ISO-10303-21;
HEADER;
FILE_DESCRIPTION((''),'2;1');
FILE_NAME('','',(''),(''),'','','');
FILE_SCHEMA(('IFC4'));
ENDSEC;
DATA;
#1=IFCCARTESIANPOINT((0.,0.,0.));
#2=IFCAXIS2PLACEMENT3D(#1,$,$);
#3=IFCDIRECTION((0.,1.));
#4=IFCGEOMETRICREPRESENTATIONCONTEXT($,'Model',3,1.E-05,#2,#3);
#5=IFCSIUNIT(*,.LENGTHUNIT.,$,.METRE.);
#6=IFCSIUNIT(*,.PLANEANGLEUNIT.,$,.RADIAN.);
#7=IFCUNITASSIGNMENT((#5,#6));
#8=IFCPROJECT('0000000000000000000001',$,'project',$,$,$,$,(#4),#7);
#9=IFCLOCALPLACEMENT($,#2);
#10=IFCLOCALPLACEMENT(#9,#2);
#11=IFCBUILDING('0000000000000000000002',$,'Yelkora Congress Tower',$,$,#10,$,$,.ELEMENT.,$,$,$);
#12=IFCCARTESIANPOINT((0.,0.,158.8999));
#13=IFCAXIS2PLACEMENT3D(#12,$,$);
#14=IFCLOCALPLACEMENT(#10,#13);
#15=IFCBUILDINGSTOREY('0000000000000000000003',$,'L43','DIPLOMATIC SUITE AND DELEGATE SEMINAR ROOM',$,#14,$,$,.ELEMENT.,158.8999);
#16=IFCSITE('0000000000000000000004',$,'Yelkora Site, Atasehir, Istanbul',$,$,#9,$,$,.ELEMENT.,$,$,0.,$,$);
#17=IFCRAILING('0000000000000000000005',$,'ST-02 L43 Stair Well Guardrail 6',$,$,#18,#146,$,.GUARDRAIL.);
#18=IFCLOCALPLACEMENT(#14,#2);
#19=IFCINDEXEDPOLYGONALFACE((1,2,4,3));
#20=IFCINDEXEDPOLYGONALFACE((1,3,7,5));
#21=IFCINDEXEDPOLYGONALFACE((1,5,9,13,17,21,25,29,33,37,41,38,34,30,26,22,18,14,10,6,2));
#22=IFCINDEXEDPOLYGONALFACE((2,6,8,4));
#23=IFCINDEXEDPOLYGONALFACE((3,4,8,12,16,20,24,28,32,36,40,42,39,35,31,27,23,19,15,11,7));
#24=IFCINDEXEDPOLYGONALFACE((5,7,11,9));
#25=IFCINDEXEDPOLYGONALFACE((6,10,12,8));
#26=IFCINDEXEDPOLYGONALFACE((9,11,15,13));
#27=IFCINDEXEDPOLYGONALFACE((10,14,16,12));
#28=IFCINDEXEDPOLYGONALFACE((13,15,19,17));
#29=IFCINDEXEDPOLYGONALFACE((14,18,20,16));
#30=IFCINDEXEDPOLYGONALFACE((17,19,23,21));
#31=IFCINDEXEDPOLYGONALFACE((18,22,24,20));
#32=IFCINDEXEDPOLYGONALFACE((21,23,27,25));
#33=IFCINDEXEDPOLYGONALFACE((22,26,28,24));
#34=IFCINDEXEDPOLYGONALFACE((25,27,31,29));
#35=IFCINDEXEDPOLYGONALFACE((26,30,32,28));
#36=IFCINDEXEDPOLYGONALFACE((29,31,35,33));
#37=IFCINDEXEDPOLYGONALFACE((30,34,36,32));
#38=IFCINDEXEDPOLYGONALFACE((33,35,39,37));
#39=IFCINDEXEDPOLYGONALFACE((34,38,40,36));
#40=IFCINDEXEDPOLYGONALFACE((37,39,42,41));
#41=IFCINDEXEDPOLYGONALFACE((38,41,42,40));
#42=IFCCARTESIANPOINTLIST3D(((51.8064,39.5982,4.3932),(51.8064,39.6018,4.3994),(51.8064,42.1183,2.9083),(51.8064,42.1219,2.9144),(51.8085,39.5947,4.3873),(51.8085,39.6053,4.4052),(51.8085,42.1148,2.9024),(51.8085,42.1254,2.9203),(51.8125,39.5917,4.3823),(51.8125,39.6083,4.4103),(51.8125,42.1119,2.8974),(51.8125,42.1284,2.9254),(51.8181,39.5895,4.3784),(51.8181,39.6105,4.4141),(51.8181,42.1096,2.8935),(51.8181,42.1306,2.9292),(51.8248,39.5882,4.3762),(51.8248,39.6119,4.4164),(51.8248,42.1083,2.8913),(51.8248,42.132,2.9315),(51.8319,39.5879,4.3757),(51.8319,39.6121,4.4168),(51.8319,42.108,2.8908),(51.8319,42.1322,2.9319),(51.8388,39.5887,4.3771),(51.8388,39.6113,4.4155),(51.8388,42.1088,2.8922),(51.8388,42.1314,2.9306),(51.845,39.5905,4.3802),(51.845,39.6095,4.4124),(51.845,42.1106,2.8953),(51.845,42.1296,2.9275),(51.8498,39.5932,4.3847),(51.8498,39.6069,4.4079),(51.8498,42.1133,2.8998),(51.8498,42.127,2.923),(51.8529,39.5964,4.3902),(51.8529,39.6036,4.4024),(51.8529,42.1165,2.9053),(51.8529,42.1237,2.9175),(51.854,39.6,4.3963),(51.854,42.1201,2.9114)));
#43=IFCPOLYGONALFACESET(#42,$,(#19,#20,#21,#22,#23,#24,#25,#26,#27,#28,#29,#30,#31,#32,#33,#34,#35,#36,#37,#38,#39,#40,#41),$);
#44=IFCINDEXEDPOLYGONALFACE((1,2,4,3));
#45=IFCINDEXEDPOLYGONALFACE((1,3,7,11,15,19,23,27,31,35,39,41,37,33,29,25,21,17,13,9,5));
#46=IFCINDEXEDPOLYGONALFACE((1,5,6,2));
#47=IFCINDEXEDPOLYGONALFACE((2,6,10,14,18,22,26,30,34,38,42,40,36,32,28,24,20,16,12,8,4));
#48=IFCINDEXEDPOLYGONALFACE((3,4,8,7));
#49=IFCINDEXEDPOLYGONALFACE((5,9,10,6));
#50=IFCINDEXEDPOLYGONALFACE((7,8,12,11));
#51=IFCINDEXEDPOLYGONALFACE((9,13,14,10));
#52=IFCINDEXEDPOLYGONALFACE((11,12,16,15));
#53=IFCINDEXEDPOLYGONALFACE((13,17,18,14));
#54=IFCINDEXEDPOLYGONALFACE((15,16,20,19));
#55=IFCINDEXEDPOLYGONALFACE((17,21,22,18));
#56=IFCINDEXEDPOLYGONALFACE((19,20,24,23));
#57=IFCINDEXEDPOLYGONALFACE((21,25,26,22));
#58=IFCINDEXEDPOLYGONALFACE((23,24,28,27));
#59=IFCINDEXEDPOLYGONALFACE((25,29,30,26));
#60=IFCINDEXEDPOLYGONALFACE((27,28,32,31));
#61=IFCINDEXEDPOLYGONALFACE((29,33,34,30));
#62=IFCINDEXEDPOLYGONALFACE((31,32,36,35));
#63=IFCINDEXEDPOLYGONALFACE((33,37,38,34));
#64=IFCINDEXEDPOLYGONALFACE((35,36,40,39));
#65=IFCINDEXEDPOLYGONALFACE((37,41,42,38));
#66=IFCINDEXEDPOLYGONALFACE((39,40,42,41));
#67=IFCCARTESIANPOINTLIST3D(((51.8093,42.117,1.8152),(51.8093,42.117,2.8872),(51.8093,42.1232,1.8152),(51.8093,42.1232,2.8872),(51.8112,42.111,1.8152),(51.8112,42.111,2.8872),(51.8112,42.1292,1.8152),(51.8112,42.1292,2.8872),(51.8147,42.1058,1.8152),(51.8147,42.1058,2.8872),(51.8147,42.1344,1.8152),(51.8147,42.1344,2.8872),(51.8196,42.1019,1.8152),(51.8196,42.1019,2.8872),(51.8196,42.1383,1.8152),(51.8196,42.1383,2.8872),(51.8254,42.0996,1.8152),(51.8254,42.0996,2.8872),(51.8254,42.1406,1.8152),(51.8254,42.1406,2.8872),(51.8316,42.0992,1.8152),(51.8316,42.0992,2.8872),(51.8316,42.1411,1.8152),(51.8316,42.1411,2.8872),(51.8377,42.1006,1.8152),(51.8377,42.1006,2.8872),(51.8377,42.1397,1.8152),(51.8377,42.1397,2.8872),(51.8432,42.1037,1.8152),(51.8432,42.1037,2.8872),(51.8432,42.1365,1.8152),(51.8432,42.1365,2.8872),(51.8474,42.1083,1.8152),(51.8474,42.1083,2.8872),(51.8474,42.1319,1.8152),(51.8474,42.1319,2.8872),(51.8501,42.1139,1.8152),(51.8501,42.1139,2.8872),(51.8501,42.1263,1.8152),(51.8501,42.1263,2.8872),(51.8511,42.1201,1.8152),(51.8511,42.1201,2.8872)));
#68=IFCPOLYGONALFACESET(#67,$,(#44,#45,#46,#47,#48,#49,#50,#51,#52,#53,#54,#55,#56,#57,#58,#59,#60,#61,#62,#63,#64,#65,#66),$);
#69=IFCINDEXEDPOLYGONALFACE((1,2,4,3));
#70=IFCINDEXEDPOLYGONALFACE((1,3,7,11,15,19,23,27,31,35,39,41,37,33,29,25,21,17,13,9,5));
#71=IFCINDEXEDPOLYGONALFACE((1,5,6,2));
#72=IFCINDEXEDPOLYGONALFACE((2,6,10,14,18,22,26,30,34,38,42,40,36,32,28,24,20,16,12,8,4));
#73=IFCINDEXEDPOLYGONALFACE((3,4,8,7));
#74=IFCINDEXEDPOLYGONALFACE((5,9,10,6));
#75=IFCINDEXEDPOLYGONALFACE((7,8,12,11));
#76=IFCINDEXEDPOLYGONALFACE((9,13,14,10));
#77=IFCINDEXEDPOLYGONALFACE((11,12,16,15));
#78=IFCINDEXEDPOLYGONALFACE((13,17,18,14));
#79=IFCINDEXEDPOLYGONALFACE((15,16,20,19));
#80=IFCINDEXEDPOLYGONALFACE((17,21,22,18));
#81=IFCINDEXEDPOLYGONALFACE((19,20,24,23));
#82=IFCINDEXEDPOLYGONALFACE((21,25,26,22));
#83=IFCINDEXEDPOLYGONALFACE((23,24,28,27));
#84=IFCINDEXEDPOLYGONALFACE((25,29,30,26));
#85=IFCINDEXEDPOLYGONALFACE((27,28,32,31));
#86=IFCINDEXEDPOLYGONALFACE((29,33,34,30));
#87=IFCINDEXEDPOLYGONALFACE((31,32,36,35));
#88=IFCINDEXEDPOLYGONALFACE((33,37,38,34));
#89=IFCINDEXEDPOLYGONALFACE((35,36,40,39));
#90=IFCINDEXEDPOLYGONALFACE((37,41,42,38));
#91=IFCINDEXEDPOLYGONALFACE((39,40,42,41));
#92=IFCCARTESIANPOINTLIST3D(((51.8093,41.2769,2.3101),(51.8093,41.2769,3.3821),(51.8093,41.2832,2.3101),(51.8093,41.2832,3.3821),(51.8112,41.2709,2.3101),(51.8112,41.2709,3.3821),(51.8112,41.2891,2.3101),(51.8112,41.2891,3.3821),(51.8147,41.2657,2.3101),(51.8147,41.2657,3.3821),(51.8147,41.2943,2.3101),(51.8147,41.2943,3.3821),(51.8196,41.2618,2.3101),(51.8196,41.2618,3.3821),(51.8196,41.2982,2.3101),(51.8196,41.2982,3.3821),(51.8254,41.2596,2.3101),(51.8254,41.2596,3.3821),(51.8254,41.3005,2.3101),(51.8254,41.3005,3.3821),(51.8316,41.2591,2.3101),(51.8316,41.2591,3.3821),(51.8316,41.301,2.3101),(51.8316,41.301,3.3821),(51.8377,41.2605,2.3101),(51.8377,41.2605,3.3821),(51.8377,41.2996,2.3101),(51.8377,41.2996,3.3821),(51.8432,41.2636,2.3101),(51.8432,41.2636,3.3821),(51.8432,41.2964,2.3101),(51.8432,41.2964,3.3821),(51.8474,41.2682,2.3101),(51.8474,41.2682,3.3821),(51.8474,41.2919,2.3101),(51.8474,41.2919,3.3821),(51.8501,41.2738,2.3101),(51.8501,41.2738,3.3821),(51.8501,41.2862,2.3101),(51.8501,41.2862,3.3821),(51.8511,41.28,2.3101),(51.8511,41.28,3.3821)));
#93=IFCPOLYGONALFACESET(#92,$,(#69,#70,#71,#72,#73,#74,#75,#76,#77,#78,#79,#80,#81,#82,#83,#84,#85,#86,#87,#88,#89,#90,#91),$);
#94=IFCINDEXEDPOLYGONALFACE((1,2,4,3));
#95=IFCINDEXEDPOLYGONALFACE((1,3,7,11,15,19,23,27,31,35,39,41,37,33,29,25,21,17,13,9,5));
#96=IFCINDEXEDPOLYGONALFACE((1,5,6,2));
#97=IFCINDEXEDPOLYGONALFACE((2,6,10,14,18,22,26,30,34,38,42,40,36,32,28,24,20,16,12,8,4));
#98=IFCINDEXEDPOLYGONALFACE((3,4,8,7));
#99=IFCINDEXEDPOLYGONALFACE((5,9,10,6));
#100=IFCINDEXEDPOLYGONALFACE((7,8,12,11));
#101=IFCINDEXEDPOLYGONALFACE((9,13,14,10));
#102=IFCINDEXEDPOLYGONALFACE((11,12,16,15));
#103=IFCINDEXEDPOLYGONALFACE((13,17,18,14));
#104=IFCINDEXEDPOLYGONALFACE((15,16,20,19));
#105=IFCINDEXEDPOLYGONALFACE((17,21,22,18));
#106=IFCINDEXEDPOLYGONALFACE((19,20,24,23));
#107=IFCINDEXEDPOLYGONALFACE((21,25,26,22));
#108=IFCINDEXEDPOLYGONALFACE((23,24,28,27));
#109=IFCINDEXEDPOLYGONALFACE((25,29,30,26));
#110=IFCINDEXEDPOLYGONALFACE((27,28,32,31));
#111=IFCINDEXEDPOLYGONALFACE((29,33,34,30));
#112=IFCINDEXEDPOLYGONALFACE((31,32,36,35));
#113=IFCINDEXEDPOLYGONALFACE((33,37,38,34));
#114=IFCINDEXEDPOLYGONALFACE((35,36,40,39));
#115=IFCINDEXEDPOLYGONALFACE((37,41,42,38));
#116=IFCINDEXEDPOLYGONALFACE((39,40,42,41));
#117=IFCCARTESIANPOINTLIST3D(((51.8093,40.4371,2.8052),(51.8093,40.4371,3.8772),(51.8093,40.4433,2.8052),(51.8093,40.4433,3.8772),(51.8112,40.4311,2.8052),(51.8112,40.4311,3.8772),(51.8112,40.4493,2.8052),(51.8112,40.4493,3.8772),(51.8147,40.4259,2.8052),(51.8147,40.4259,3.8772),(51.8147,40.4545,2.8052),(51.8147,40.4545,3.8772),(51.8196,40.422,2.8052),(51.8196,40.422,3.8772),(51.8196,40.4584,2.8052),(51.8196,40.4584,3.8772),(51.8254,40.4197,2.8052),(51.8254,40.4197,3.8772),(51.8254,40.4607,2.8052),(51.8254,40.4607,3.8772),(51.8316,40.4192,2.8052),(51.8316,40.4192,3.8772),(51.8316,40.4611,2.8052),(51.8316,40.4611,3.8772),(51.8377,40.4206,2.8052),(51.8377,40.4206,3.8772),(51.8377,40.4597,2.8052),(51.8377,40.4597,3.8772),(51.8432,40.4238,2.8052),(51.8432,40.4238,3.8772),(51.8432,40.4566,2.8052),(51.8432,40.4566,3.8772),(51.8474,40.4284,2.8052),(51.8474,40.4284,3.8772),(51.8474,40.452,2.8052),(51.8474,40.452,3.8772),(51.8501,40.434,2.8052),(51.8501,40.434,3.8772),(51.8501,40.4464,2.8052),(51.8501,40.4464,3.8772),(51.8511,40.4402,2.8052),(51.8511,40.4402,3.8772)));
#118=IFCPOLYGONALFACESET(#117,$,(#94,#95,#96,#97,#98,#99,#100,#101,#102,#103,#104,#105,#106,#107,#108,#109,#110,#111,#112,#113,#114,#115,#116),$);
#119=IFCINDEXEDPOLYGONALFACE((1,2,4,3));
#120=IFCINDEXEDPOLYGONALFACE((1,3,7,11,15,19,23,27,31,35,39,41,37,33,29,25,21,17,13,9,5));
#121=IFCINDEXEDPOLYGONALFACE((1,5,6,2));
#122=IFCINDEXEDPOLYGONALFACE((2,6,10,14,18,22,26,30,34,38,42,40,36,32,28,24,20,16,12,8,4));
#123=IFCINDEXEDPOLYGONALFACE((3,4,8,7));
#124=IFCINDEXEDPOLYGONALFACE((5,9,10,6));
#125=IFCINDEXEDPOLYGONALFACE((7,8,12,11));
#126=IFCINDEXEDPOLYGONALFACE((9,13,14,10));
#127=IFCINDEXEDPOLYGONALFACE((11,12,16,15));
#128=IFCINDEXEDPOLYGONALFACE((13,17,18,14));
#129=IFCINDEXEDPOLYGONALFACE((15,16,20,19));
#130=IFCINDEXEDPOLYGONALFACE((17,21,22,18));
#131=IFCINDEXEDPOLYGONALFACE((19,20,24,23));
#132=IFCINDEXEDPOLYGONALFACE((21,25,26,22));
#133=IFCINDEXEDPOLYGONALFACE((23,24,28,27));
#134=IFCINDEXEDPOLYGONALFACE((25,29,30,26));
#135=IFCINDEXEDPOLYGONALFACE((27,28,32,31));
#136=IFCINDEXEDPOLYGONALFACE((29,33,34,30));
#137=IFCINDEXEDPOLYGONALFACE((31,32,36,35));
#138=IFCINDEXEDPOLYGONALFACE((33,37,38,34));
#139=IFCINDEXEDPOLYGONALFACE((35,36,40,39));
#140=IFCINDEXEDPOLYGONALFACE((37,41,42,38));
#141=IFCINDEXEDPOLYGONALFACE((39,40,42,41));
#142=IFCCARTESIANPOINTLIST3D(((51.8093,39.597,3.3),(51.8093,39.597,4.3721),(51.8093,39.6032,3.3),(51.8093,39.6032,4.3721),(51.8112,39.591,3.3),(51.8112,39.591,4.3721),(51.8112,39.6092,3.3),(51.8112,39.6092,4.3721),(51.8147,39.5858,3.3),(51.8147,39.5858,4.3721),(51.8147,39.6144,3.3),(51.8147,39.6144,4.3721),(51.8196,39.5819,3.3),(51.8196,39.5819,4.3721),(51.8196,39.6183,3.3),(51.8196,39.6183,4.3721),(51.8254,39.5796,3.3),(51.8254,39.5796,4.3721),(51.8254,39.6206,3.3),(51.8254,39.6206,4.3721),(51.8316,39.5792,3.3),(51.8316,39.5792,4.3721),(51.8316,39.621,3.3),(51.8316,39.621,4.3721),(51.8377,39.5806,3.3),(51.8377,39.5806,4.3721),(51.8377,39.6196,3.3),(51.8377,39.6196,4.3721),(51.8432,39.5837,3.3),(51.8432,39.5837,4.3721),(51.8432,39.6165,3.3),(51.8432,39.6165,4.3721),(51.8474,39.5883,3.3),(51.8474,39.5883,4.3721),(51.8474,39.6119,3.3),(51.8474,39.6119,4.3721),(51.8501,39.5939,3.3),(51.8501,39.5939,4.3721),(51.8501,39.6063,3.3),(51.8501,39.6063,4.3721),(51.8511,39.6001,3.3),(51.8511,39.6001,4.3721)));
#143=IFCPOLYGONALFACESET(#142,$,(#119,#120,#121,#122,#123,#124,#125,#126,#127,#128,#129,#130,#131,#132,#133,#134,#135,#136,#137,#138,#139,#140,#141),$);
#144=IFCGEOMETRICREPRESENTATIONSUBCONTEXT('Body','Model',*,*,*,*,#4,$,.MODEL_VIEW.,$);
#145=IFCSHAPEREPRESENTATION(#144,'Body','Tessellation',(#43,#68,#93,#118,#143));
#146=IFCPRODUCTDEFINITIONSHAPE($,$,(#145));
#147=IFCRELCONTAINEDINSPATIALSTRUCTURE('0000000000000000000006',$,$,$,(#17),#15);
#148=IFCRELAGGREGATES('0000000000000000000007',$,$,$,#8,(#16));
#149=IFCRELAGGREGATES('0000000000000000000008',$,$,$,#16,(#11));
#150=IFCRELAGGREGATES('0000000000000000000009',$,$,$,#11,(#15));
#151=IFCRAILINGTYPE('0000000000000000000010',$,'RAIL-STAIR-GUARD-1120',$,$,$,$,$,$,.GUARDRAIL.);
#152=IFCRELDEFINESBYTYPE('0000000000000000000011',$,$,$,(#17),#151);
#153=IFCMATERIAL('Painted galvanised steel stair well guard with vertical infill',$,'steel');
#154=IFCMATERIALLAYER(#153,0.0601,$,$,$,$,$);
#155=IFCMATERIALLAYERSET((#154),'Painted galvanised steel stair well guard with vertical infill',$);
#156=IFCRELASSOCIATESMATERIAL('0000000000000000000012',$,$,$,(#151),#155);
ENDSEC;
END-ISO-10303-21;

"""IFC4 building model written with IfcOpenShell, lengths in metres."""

from ifc_helpers import new_model, si_unit, direction, frame, origin, origin_2d, place, context, subcontext, project, spatial, circle, extrude, material, layer, layer_set, type_object, element, save


model = new_model("IFC4")

# Units and contexts
model_context = context("Model", 3, precision=1e-05, world=origin(), true_north=direction((0.0, 1.0)))
body_context = subcontext(model_context, "Body", "Model", "MODEL_VIEW")
ifc_project = project(units=[si_unit("LENGTHUNIT", "METRE"), si_unit("PLANEANGLEUNIT", "RADIAN")], contexts=[model_context])

# Site, building, storey
site_placement = place(None, origin())
site = spatial("IfcSite", under=ifc_project, at=site_placement, Name="Yelkora Site, Atasehir, Istanbul", CompositionType="ELEMENT", RefElevation=0.0)
building_placement = place(site_placement, origin())
building = spatial("IfcBuilding", under=site, at=building_placement, Name="Yelkora Congress Tower", CompositionType="ELEMENT")
storey_placement = place(building_placement, frame((0.0, 0.0, 158.8999)))
storey = spatial("IfcBuildingStorey", under=building, at=storey_placement, Name="L43", Description="DIPLOMATIC SUITE AND DELEGATE SEMINAR ROOM", CompositionType="ELEMENT", Elevation=158.8999)

# Railing
ifc_material_1 = material(Name="Painted galvanised steel stair well guard with vertical infill", Category="steel")
ifc_layer_1 = layer(ifc_material_1, 0.0601)
ifc_layer_set_1 = layer_set([ifc_layer_1], Name="Painted galvanised steel stair well guard with vertical infill")
railing_type_1 = type_object("IfcRailingType", Name="RAIL-STAIR-GUARD-1120", PredefinedType="GUARDRAIL", material=ifc_layer_set_1)
railing_1_placement = place(storey_placement, frame((51.8301, 42.1201, 1.8152)))
element("IfcRailing", 1, at=railing_1_placement, inside=storey, type_object=railing_type_1, Name="ST-02 L43 Stair Well Guardrail 6", PredefinedType="GUARDRAIL", context=body_context, shape_type="SweptSolid", body=[
    extrude(circle(Radius=0.0239, at=origin_2d()), frame((0.0, 0.0, 1.0962), z_axis=(0.0, -0.861561, 0.507655), x_axis=(1.0, 0.0, 0.0)), (0.0, 0.0, 1.0), 2.925),
    extrude(circle(Radius=0.021, at=origin_2d()), origin(), (0.0, 0.0, 1.0), 1.072),
    extrude(circle(Radius=0.021, at=origin_2d()), frame((0.0, -0.8401, 0.4949)), (0.0, 0.0, 1.0), 1.072),
    extrude(circle(Radius=0.021, at=origin_2d()), frame((0.0, -1.6799, 0.99)), (0.0, 0.0, 1.0), 1.072),
    extrude(circle(Radius=0.021, at=origin_2d()), frame((0.0, -2.52, 1.4849)), (0.0, 0.0, 1.0), 1.072),
])

save(model, "model.ifc")
